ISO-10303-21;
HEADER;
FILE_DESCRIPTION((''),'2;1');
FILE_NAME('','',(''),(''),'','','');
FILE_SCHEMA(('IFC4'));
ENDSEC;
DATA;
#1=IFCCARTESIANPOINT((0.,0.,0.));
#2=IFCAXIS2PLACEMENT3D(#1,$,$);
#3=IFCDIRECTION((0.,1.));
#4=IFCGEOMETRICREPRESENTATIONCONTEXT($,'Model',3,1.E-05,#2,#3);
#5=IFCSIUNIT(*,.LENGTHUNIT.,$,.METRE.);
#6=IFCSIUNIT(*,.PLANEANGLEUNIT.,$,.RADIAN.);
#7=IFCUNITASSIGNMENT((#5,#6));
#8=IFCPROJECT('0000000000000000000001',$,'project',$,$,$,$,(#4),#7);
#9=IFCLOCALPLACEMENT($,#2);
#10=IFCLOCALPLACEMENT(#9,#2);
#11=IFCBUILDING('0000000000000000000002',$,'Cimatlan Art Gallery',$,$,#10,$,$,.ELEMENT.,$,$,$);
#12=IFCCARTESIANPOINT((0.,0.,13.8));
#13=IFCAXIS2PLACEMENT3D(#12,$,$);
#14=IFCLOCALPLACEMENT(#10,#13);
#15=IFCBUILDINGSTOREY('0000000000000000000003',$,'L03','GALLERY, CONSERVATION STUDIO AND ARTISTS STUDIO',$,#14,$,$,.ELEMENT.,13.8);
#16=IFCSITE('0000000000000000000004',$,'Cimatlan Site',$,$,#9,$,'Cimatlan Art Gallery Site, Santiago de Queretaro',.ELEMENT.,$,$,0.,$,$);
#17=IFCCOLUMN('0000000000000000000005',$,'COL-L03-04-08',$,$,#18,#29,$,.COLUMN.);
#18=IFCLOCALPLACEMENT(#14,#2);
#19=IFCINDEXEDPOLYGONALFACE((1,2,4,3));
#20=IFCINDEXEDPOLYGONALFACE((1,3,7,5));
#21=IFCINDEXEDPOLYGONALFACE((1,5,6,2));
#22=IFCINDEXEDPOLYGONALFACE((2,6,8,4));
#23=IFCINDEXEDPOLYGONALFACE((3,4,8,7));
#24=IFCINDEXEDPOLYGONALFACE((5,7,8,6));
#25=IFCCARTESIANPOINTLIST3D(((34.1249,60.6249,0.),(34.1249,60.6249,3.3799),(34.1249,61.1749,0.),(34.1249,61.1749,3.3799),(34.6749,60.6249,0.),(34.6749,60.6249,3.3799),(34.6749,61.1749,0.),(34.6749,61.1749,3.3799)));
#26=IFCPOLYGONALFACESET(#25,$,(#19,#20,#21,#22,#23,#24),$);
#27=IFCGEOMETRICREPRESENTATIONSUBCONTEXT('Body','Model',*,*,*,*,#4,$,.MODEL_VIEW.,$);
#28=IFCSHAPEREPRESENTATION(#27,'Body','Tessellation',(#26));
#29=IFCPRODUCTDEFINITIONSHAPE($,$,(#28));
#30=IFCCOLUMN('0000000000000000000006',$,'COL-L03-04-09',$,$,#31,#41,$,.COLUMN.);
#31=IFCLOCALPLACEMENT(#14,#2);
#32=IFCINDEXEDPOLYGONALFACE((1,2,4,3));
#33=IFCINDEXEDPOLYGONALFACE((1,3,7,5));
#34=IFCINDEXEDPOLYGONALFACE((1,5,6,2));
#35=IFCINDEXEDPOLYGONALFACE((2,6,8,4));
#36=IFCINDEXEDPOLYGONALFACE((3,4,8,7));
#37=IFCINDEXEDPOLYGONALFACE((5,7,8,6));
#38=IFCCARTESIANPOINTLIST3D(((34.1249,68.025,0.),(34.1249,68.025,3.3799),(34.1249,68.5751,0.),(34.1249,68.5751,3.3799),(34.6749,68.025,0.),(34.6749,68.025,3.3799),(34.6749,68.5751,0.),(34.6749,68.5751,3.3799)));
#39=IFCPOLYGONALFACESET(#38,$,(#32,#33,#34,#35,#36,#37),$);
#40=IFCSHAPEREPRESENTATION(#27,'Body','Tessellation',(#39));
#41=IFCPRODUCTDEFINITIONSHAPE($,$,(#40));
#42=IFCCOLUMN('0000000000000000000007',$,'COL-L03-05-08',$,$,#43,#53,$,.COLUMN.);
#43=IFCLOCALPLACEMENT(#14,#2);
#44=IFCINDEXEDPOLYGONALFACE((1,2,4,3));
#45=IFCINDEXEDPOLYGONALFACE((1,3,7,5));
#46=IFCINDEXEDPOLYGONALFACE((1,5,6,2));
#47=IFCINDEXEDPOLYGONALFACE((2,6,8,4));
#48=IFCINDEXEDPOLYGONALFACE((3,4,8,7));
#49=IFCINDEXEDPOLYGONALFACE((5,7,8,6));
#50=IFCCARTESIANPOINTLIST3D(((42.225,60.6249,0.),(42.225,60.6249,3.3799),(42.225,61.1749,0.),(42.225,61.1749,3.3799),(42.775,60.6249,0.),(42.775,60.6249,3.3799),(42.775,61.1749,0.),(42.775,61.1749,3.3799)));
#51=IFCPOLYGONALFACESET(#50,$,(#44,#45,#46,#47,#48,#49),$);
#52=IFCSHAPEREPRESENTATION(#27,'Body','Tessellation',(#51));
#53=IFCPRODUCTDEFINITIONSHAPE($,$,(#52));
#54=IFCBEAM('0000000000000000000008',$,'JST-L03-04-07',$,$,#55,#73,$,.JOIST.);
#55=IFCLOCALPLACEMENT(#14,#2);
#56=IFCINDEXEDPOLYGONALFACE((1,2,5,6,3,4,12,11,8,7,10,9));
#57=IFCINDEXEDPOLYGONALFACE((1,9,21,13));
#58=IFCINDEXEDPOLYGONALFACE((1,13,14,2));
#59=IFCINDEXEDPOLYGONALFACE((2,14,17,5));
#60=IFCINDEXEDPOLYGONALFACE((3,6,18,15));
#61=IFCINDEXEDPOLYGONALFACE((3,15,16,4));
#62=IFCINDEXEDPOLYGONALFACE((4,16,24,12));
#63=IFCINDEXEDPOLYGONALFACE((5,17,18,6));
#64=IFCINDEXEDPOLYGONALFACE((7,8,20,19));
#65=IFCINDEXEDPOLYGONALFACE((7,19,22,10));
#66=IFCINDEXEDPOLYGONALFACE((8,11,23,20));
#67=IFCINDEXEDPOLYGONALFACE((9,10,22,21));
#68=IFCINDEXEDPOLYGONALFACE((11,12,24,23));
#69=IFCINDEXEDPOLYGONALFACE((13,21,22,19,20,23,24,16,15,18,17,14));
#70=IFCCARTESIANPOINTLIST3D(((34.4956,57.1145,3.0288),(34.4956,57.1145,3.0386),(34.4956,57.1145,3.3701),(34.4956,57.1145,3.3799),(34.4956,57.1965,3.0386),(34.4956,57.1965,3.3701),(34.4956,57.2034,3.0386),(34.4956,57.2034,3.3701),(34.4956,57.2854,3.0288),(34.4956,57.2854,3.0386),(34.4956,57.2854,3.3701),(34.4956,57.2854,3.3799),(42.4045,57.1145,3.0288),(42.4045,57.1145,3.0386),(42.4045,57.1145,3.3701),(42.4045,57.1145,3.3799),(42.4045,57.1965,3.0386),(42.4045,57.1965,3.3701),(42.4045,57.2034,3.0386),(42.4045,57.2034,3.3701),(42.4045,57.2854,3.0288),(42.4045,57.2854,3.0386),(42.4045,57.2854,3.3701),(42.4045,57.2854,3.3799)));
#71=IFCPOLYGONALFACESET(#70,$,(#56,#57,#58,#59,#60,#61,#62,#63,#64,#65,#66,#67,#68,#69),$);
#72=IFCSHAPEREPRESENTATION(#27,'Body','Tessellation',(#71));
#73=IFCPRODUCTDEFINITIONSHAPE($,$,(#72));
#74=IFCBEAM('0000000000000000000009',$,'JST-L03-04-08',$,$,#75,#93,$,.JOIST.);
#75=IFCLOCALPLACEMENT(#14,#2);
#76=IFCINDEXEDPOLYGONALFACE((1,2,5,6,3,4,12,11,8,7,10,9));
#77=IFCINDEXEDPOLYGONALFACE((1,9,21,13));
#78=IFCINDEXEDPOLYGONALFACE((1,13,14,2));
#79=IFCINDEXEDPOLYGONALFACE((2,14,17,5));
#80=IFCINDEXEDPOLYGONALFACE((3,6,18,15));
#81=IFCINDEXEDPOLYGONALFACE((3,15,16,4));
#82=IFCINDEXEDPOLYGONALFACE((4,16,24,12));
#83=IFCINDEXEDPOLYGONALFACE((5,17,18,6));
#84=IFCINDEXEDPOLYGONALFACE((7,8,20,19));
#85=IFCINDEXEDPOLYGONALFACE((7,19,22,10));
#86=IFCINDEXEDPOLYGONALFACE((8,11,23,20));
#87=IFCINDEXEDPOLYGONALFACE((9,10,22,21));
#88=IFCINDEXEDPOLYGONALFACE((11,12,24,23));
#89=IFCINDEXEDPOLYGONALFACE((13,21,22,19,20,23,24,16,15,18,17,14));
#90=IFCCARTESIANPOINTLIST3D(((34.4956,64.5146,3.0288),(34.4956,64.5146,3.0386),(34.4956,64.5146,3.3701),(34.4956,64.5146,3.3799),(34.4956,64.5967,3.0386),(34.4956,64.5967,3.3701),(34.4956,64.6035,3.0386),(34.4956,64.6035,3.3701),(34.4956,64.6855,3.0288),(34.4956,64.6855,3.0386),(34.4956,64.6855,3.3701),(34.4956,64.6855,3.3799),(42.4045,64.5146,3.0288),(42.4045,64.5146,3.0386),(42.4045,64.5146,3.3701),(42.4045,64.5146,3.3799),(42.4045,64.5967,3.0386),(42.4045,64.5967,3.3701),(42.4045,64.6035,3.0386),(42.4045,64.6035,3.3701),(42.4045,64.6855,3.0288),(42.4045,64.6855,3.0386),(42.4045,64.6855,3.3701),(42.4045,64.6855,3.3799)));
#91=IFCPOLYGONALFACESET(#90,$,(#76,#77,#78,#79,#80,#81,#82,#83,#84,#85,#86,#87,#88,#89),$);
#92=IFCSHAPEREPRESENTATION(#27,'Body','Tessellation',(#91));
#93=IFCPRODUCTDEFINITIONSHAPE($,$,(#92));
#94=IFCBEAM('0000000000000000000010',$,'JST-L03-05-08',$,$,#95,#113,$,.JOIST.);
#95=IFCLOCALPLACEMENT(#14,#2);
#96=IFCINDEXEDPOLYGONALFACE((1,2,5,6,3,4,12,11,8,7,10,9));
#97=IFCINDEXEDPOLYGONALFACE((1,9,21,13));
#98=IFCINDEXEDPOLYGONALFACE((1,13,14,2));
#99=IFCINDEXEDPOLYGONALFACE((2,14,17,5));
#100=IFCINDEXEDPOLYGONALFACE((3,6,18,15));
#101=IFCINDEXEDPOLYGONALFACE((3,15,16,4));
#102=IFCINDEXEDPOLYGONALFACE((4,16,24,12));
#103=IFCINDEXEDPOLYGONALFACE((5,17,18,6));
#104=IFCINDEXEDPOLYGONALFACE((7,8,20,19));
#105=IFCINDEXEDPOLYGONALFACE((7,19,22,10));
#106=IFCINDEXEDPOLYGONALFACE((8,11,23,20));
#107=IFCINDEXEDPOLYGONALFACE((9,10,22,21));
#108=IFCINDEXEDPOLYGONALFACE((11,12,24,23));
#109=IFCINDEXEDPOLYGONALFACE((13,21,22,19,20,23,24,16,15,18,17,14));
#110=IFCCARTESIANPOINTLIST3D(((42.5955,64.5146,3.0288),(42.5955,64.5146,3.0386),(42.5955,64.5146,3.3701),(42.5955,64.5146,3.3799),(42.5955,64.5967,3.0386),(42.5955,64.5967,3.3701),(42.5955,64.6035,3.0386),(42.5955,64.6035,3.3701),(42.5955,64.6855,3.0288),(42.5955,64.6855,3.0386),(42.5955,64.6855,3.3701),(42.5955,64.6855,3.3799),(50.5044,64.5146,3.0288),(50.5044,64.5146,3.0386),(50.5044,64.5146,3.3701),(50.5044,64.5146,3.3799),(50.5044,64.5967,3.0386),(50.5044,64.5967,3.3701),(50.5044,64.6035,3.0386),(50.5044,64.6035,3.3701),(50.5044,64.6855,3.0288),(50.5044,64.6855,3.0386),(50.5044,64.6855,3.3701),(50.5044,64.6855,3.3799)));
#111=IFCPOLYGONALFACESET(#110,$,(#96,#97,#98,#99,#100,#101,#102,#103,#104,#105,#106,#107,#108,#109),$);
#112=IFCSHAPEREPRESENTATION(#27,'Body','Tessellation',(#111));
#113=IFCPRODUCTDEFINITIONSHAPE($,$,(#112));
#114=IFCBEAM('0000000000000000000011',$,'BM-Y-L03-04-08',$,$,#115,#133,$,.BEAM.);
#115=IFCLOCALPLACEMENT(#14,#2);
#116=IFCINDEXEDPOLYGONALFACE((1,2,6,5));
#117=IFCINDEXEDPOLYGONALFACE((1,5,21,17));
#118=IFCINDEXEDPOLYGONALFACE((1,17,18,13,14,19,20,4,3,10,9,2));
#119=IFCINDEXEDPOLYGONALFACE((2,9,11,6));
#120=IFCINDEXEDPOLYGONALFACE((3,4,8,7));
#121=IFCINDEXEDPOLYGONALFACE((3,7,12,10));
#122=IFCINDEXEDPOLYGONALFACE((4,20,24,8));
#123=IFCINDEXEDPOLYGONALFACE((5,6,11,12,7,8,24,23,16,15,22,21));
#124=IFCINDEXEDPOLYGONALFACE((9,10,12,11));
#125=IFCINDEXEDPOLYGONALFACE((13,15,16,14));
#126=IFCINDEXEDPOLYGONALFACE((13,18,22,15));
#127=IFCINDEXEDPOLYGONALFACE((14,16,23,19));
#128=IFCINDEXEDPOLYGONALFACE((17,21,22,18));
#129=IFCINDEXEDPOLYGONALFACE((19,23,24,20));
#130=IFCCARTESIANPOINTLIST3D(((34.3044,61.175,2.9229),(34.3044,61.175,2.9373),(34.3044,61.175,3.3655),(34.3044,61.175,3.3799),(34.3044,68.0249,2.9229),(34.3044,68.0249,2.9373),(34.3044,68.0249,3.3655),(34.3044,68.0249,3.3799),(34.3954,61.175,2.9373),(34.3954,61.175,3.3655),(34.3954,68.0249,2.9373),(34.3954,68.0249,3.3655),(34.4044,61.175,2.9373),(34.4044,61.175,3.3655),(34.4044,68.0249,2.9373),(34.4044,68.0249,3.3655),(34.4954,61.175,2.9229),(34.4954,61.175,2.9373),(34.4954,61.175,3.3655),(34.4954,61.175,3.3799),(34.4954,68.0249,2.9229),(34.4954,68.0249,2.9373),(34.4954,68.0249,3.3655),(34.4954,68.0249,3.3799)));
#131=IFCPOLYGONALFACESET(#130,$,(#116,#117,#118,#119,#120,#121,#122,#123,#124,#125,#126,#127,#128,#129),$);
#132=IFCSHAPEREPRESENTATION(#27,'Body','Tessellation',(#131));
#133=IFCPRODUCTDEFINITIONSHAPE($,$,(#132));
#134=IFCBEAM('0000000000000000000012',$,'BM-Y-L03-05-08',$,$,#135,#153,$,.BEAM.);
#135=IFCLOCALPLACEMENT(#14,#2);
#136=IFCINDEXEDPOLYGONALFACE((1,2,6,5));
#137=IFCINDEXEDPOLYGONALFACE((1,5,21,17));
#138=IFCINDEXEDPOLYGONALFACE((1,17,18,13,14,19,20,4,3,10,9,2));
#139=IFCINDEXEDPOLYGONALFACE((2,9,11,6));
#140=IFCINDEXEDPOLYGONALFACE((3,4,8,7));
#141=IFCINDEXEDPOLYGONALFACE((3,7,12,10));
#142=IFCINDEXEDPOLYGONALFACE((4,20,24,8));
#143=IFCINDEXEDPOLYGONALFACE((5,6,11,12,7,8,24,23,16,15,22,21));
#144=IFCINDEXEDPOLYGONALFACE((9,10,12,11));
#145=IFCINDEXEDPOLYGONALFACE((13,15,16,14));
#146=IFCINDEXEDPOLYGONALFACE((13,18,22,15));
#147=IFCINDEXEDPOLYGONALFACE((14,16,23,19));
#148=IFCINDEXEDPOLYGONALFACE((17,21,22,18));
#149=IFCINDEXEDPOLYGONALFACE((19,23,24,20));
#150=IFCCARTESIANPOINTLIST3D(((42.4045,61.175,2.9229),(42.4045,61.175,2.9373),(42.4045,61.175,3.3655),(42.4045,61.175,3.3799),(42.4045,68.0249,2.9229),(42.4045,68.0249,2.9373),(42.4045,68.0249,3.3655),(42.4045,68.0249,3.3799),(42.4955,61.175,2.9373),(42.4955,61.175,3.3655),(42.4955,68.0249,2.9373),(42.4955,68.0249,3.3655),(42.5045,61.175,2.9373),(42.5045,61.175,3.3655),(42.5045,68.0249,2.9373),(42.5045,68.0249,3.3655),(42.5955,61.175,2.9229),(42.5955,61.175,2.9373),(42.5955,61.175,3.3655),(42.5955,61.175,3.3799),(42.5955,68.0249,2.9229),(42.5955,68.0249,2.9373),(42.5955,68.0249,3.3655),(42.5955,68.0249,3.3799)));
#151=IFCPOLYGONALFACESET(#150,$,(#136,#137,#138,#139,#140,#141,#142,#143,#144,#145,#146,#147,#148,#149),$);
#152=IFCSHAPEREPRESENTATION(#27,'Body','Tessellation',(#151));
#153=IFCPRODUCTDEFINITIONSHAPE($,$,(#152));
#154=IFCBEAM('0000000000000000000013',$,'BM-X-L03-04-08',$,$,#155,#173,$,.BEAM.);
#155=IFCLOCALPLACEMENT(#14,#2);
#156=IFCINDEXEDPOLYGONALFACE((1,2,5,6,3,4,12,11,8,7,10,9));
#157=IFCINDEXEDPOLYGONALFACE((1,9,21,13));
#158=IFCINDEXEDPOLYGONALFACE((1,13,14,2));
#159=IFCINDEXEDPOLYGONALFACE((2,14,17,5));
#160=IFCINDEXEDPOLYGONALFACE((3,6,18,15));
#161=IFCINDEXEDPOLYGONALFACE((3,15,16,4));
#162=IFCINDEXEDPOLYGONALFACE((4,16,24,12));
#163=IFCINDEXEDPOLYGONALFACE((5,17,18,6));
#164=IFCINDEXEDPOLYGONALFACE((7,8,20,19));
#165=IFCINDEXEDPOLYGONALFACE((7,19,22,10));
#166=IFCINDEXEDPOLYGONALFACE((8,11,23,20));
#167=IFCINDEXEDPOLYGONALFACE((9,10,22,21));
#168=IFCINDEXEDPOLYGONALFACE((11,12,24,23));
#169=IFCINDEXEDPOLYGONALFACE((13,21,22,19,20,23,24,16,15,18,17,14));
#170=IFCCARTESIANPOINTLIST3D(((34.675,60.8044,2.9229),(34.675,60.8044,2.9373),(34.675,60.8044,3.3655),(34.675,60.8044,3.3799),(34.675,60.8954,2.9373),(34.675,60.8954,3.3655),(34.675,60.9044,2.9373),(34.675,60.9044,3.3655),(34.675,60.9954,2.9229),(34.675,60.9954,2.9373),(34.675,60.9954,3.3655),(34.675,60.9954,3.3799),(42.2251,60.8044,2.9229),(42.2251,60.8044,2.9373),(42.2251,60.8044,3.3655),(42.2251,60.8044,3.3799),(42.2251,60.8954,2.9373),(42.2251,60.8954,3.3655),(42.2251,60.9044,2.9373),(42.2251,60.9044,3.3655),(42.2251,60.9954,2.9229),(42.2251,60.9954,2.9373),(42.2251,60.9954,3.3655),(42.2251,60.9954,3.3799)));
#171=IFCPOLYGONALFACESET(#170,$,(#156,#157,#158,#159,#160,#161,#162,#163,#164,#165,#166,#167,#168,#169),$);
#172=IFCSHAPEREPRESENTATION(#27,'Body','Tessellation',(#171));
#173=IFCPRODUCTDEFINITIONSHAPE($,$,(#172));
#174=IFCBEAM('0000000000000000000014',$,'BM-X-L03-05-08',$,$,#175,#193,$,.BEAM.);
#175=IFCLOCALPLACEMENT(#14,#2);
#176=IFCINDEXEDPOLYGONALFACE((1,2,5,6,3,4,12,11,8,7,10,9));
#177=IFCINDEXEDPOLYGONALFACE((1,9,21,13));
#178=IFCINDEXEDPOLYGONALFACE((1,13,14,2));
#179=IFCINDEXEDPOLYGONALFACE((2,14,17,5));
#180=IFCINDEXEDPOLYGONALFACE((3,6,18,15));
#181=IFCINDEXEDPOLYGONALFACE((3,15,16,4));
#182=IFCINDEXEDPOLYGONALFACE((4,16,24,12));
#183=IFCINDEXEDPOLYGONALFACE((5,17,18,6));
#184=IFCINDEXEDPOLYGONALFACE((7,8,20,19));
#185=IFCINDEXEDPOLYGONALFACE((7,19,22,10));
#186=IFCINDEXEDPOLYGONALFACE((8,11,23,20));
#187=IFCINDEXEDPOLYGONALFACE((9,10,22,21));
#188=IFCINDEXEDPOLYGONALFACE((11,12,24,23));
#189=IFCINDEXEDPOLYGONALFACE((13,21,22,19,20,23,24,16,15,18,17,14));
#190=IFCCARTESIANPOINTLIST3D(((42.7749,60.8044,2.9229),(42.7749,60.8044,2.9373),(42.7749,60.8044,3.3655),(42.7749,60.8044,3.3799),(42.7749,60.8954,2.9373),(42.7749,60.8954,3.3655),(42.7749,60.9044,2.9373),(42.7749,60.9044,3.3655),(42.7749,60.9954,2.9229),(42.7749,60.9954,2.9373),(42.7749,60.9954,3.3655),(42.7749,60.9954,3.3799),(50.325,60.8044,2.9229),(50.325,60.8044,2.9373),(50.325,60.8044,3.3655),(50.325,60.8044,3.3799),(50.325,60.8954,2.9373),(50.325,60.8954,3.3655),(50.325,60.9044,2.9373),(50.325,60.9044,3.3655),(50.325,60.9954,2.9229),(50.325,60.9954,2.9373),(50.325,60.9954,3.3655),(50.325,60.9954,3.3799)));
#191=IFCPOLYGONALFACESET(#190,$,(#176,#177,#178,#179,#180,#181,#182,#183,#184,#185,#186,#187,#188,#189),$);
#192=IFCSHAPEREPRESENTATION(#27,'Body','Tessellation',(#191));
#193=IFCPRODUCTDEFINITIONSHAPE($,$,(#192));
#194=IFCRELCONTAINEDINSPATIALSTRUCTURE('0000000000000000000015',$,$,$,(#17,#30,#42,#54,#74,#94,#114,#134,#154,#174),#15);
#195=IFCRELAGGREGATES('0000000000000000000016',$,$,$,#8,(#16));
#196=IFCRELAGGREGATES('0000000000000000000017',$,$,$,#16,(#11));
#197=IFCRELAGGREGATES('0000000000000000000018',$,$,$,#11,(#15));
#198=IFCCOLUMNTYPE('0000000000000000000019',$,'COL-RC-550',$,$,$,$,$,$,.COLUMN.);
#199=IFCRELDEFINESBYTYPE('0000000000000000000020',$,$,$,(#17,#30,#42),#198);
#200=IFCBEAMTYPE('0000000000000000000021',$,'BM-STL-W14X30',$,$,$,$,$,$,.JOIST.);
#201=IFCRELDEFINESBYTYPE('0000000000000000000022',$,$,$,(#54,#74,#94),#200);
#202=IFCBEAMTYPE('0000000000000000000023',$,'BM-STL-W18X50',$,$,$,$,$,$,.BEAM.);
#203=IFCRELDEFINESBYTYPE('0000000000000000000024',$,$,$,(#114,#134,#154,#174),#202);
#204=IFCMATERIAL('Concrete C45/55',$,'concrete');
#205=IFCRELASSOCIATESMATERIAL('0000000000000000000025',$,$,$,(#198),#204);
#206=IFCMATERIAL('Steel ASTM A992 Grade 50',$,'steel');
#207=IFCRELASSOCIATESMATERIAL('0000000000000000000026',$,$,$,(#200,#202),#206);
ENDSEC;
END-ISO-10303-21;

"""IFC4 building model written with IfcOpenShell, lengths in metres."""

from ifc_helpers import new_model, si_unit, direction, frame, origin, origin_2d, place, context, subcontext, project, spatial, rectangle, i_section, extrude, material, material_profile, profile_set, type_object, element, save


model = new_model("IFC4")

# Units and contexts
model_context = context("Model", 3, precision=1e-05, world=origin(), true_north=direction((0.0, 1.0)))
body_context = subcontext(model_context, "Body", "Model", "MODEL_VIEW")
ifc_project = project(units=[si_unit("LENGTHUNIT", "METRE"), si_unit("PLANEANGLEUNIT", "RADIAN")], contexts=[model_context])

# Site, building, storey
site_placement = place(None, origin())
site = spatial("IfcSite", under=ifc_project, at=site_placement, Name="Cimatlan Site", LongName="Cimatlan Art Gallery Site, Santiago de Queretaro", CompositionType="ELEMENT", RefElevation=0.0)
building_placement = place(site_placement, origin())
building = spatial("IfcBuilding", under=site, at=building_placement, Name="Cimatlan Art Gallery", CompositionType="ELEMENT")
storey_placement = place(building_placement, frame((0.0, 0.0, 13.8)))
storey = spatial("IfcBuildingStorey", under=building, at=storey_placement, Name="L03", Description="GALLERY, CONSERVATION STUDIO AND ARTISTS STUDIO", CompositionType="ELEMENT", Elevation=13.8)

# Columns
ifc_material_1 = material(Name="Concrete C45/55", Category="concrete")
ifc_material_profile_1 = material_profile(ifc_material_1, rectangle(XDim=0.55, YDim=0.55, at=origin_2d()), Name="RC550X550")
ifc_profile_set_1 = profile_set([ifc_material_profile_1], Name="Concrete C45/55")
column_type = type_object("IfcColumnType", Name="COL-RC-550", PredefinedType="COLUMN", material=ifc_profile_set_1)
for number, where, z_axis, x_axis, name in (
    (1, (34.3999, 60.8999, 0.0), (0.0, 0.0, 1.0), (1.0, 0.0, 0.0), "COL-L03-04-08"),
    (2, (34.3999, 68.3, 0.0), (0.0, 0.0, 1.0), (1.0, 0.0, 0.0), "COL-L03-04-09"),
    (3, (42.5, 60.8999, 0.0), (0.0, 0.0, 1.0), (1.0, 0.0, 0.0), "COL-L03-05-08"),
):
    element("IfcColumn", number, at=place(storey_placement, frame(where, z_axis=z_axis, x_axis=x_axis)), inside=storey, type_object=column_type, Name=name, PredefinedType="COLUMN", context=body_context, shape_type="SweptSolid", body=[
        extrude(rectangle(XDim=0.55, YDim=0.55, at=origin_2d()), origin(), (0.0, 0.0, 1.0), 3.3799),
    ])

# Beams
ifc_material_2 = material(Name="Steel ASTM A992 Grade 50", Category="steel")
ifc_material_profile_2 = material_profile(ifc_material_2, i_section(OverallWidth=0.1709, OverallDepth=0.3511, WebThickness=0.0068, FlangeThickness=0.0098, at=origin_2d()), Name="W14X30")
ifc_profile_set_2 = profile_set([ifc_material_profile_2], Name="Steel ASTM A992 Grade 50")
beam_type_1 = type_object("IfcBeamType", Name="BM-STL-W14X30", PredefinedType="JOIST", material=ifc_profile_set_2)
for number, where, z_axis, x_axis, name in (
    (4, (34.4956, 57.2, 3.2043), (1.0, 0.0, 0.0), (0.0, 1.0, 0.0), "JST-L03-04-07"),
    (5, (34.4956, 64.6001, 3.2043), (1.0, 0.0, 0.0), (0.0, 1.0, 0.0), "JST-L03-04-08"),
    (6, (42.5955, 64.6001, 3.2043), (1.0, 0.0, 0.0), (0.0, 1.0, 0.0), "JST-L03-05-08"),
):
    element("IfcBeam", number, at=place(storey_placement, frame(where, z_axis=z_axis, x_axis=x_axis)), inside=storey, type_object=beam_type_1, Name=name, PredefinedType="JOIST", context=body_context, shape_type="SweptSolid", body=[
        extrude(i_section(OverallWidth=0.1709, OverallDepth=0.3511, WebThickness=0.0068, FlangeThickness=0.0098, at=origin_2d()), origin(), (0.0, 0.0, 1.0), 7.9089),
    ])
ifc_material_profile_3 = material_profile(ifc_material_2, i_section(OverallWidth=0.1909, OverallDepth=0.457, WebThickness=0.009, FlangeThickness=0.0144, at=origin_2d()), Name="W18X50")
ifc_profile_set_3 = profile_set([ifc_material_profile_3], Name="Steel ASTM A992 Grade 50")
beam_type_2 = type_object("IfcBeamType", Name="BM-STL-W18X50", PredefinedType="BEAM", material=ifc_profile_set_3)
for number, where, z_axis, x_axis, name in (
    (7, (34.3999, 61.175, 3.1514), (0.0, 1.0, 0.0), (-1.0, 0.0, 0.0), "BM-Y-L03-04-08"),
    (8, (42.5, 61.175, 3.1514), (0.0, 1.0, 0.0), (-1.0, 0.0, 0.0), "BM-Y-L03-05-08"),
):
    element("IfcBeam", number, at=place(storey_placement, frame(where, z_axis=z_axis, x_axis=x_axis)), inside=storey, type_object=beam_type_2, Name=name, PredefinedType="BEAM", context=body_context, shape_type="SweptSolid", body=[
        extrude(i_section(OverallWidth=0.1909, OverallDepth=0.457, WebThickness=0.009, FlangeThickness=0.0144, at=origin_2d()), origin(), (0.0, 0.0, 1.0), 6.8499),
    ])
for number, where, z_axis, x_axis, name in (
    (9, (34.675, 60.8999, 3.1514), (1.0, 0.0, 0.0), (0.0, 1.0, 0.0), "BM-X-L03-04-08"),
    (10, (42.7749, 60.8999, 3.1514), (1.0, 0.0, 0.0), (0.0, 1.0, 0.0), "BM-X-L03-05-08"),
):
    element("IfcBeam", number, at=place(storey_placement, frame(where, z_axis=z_axis, x_axis=x_axis)), inside=storey, type_object=beam_type_2, Name=name, PredefinedType="BEAM", context=body_context, shape_type="SweptSolid", body=[
        extrude(i_section(OverallWidth=0.1909, OverallDepth=0.457, WebThickness=0.009, FlangeThickness=0.0144, at=origin_2d()), origin(), (0.0, 0.0, 1.0), 7.55),
    ])

save(model, "model.ifc")
